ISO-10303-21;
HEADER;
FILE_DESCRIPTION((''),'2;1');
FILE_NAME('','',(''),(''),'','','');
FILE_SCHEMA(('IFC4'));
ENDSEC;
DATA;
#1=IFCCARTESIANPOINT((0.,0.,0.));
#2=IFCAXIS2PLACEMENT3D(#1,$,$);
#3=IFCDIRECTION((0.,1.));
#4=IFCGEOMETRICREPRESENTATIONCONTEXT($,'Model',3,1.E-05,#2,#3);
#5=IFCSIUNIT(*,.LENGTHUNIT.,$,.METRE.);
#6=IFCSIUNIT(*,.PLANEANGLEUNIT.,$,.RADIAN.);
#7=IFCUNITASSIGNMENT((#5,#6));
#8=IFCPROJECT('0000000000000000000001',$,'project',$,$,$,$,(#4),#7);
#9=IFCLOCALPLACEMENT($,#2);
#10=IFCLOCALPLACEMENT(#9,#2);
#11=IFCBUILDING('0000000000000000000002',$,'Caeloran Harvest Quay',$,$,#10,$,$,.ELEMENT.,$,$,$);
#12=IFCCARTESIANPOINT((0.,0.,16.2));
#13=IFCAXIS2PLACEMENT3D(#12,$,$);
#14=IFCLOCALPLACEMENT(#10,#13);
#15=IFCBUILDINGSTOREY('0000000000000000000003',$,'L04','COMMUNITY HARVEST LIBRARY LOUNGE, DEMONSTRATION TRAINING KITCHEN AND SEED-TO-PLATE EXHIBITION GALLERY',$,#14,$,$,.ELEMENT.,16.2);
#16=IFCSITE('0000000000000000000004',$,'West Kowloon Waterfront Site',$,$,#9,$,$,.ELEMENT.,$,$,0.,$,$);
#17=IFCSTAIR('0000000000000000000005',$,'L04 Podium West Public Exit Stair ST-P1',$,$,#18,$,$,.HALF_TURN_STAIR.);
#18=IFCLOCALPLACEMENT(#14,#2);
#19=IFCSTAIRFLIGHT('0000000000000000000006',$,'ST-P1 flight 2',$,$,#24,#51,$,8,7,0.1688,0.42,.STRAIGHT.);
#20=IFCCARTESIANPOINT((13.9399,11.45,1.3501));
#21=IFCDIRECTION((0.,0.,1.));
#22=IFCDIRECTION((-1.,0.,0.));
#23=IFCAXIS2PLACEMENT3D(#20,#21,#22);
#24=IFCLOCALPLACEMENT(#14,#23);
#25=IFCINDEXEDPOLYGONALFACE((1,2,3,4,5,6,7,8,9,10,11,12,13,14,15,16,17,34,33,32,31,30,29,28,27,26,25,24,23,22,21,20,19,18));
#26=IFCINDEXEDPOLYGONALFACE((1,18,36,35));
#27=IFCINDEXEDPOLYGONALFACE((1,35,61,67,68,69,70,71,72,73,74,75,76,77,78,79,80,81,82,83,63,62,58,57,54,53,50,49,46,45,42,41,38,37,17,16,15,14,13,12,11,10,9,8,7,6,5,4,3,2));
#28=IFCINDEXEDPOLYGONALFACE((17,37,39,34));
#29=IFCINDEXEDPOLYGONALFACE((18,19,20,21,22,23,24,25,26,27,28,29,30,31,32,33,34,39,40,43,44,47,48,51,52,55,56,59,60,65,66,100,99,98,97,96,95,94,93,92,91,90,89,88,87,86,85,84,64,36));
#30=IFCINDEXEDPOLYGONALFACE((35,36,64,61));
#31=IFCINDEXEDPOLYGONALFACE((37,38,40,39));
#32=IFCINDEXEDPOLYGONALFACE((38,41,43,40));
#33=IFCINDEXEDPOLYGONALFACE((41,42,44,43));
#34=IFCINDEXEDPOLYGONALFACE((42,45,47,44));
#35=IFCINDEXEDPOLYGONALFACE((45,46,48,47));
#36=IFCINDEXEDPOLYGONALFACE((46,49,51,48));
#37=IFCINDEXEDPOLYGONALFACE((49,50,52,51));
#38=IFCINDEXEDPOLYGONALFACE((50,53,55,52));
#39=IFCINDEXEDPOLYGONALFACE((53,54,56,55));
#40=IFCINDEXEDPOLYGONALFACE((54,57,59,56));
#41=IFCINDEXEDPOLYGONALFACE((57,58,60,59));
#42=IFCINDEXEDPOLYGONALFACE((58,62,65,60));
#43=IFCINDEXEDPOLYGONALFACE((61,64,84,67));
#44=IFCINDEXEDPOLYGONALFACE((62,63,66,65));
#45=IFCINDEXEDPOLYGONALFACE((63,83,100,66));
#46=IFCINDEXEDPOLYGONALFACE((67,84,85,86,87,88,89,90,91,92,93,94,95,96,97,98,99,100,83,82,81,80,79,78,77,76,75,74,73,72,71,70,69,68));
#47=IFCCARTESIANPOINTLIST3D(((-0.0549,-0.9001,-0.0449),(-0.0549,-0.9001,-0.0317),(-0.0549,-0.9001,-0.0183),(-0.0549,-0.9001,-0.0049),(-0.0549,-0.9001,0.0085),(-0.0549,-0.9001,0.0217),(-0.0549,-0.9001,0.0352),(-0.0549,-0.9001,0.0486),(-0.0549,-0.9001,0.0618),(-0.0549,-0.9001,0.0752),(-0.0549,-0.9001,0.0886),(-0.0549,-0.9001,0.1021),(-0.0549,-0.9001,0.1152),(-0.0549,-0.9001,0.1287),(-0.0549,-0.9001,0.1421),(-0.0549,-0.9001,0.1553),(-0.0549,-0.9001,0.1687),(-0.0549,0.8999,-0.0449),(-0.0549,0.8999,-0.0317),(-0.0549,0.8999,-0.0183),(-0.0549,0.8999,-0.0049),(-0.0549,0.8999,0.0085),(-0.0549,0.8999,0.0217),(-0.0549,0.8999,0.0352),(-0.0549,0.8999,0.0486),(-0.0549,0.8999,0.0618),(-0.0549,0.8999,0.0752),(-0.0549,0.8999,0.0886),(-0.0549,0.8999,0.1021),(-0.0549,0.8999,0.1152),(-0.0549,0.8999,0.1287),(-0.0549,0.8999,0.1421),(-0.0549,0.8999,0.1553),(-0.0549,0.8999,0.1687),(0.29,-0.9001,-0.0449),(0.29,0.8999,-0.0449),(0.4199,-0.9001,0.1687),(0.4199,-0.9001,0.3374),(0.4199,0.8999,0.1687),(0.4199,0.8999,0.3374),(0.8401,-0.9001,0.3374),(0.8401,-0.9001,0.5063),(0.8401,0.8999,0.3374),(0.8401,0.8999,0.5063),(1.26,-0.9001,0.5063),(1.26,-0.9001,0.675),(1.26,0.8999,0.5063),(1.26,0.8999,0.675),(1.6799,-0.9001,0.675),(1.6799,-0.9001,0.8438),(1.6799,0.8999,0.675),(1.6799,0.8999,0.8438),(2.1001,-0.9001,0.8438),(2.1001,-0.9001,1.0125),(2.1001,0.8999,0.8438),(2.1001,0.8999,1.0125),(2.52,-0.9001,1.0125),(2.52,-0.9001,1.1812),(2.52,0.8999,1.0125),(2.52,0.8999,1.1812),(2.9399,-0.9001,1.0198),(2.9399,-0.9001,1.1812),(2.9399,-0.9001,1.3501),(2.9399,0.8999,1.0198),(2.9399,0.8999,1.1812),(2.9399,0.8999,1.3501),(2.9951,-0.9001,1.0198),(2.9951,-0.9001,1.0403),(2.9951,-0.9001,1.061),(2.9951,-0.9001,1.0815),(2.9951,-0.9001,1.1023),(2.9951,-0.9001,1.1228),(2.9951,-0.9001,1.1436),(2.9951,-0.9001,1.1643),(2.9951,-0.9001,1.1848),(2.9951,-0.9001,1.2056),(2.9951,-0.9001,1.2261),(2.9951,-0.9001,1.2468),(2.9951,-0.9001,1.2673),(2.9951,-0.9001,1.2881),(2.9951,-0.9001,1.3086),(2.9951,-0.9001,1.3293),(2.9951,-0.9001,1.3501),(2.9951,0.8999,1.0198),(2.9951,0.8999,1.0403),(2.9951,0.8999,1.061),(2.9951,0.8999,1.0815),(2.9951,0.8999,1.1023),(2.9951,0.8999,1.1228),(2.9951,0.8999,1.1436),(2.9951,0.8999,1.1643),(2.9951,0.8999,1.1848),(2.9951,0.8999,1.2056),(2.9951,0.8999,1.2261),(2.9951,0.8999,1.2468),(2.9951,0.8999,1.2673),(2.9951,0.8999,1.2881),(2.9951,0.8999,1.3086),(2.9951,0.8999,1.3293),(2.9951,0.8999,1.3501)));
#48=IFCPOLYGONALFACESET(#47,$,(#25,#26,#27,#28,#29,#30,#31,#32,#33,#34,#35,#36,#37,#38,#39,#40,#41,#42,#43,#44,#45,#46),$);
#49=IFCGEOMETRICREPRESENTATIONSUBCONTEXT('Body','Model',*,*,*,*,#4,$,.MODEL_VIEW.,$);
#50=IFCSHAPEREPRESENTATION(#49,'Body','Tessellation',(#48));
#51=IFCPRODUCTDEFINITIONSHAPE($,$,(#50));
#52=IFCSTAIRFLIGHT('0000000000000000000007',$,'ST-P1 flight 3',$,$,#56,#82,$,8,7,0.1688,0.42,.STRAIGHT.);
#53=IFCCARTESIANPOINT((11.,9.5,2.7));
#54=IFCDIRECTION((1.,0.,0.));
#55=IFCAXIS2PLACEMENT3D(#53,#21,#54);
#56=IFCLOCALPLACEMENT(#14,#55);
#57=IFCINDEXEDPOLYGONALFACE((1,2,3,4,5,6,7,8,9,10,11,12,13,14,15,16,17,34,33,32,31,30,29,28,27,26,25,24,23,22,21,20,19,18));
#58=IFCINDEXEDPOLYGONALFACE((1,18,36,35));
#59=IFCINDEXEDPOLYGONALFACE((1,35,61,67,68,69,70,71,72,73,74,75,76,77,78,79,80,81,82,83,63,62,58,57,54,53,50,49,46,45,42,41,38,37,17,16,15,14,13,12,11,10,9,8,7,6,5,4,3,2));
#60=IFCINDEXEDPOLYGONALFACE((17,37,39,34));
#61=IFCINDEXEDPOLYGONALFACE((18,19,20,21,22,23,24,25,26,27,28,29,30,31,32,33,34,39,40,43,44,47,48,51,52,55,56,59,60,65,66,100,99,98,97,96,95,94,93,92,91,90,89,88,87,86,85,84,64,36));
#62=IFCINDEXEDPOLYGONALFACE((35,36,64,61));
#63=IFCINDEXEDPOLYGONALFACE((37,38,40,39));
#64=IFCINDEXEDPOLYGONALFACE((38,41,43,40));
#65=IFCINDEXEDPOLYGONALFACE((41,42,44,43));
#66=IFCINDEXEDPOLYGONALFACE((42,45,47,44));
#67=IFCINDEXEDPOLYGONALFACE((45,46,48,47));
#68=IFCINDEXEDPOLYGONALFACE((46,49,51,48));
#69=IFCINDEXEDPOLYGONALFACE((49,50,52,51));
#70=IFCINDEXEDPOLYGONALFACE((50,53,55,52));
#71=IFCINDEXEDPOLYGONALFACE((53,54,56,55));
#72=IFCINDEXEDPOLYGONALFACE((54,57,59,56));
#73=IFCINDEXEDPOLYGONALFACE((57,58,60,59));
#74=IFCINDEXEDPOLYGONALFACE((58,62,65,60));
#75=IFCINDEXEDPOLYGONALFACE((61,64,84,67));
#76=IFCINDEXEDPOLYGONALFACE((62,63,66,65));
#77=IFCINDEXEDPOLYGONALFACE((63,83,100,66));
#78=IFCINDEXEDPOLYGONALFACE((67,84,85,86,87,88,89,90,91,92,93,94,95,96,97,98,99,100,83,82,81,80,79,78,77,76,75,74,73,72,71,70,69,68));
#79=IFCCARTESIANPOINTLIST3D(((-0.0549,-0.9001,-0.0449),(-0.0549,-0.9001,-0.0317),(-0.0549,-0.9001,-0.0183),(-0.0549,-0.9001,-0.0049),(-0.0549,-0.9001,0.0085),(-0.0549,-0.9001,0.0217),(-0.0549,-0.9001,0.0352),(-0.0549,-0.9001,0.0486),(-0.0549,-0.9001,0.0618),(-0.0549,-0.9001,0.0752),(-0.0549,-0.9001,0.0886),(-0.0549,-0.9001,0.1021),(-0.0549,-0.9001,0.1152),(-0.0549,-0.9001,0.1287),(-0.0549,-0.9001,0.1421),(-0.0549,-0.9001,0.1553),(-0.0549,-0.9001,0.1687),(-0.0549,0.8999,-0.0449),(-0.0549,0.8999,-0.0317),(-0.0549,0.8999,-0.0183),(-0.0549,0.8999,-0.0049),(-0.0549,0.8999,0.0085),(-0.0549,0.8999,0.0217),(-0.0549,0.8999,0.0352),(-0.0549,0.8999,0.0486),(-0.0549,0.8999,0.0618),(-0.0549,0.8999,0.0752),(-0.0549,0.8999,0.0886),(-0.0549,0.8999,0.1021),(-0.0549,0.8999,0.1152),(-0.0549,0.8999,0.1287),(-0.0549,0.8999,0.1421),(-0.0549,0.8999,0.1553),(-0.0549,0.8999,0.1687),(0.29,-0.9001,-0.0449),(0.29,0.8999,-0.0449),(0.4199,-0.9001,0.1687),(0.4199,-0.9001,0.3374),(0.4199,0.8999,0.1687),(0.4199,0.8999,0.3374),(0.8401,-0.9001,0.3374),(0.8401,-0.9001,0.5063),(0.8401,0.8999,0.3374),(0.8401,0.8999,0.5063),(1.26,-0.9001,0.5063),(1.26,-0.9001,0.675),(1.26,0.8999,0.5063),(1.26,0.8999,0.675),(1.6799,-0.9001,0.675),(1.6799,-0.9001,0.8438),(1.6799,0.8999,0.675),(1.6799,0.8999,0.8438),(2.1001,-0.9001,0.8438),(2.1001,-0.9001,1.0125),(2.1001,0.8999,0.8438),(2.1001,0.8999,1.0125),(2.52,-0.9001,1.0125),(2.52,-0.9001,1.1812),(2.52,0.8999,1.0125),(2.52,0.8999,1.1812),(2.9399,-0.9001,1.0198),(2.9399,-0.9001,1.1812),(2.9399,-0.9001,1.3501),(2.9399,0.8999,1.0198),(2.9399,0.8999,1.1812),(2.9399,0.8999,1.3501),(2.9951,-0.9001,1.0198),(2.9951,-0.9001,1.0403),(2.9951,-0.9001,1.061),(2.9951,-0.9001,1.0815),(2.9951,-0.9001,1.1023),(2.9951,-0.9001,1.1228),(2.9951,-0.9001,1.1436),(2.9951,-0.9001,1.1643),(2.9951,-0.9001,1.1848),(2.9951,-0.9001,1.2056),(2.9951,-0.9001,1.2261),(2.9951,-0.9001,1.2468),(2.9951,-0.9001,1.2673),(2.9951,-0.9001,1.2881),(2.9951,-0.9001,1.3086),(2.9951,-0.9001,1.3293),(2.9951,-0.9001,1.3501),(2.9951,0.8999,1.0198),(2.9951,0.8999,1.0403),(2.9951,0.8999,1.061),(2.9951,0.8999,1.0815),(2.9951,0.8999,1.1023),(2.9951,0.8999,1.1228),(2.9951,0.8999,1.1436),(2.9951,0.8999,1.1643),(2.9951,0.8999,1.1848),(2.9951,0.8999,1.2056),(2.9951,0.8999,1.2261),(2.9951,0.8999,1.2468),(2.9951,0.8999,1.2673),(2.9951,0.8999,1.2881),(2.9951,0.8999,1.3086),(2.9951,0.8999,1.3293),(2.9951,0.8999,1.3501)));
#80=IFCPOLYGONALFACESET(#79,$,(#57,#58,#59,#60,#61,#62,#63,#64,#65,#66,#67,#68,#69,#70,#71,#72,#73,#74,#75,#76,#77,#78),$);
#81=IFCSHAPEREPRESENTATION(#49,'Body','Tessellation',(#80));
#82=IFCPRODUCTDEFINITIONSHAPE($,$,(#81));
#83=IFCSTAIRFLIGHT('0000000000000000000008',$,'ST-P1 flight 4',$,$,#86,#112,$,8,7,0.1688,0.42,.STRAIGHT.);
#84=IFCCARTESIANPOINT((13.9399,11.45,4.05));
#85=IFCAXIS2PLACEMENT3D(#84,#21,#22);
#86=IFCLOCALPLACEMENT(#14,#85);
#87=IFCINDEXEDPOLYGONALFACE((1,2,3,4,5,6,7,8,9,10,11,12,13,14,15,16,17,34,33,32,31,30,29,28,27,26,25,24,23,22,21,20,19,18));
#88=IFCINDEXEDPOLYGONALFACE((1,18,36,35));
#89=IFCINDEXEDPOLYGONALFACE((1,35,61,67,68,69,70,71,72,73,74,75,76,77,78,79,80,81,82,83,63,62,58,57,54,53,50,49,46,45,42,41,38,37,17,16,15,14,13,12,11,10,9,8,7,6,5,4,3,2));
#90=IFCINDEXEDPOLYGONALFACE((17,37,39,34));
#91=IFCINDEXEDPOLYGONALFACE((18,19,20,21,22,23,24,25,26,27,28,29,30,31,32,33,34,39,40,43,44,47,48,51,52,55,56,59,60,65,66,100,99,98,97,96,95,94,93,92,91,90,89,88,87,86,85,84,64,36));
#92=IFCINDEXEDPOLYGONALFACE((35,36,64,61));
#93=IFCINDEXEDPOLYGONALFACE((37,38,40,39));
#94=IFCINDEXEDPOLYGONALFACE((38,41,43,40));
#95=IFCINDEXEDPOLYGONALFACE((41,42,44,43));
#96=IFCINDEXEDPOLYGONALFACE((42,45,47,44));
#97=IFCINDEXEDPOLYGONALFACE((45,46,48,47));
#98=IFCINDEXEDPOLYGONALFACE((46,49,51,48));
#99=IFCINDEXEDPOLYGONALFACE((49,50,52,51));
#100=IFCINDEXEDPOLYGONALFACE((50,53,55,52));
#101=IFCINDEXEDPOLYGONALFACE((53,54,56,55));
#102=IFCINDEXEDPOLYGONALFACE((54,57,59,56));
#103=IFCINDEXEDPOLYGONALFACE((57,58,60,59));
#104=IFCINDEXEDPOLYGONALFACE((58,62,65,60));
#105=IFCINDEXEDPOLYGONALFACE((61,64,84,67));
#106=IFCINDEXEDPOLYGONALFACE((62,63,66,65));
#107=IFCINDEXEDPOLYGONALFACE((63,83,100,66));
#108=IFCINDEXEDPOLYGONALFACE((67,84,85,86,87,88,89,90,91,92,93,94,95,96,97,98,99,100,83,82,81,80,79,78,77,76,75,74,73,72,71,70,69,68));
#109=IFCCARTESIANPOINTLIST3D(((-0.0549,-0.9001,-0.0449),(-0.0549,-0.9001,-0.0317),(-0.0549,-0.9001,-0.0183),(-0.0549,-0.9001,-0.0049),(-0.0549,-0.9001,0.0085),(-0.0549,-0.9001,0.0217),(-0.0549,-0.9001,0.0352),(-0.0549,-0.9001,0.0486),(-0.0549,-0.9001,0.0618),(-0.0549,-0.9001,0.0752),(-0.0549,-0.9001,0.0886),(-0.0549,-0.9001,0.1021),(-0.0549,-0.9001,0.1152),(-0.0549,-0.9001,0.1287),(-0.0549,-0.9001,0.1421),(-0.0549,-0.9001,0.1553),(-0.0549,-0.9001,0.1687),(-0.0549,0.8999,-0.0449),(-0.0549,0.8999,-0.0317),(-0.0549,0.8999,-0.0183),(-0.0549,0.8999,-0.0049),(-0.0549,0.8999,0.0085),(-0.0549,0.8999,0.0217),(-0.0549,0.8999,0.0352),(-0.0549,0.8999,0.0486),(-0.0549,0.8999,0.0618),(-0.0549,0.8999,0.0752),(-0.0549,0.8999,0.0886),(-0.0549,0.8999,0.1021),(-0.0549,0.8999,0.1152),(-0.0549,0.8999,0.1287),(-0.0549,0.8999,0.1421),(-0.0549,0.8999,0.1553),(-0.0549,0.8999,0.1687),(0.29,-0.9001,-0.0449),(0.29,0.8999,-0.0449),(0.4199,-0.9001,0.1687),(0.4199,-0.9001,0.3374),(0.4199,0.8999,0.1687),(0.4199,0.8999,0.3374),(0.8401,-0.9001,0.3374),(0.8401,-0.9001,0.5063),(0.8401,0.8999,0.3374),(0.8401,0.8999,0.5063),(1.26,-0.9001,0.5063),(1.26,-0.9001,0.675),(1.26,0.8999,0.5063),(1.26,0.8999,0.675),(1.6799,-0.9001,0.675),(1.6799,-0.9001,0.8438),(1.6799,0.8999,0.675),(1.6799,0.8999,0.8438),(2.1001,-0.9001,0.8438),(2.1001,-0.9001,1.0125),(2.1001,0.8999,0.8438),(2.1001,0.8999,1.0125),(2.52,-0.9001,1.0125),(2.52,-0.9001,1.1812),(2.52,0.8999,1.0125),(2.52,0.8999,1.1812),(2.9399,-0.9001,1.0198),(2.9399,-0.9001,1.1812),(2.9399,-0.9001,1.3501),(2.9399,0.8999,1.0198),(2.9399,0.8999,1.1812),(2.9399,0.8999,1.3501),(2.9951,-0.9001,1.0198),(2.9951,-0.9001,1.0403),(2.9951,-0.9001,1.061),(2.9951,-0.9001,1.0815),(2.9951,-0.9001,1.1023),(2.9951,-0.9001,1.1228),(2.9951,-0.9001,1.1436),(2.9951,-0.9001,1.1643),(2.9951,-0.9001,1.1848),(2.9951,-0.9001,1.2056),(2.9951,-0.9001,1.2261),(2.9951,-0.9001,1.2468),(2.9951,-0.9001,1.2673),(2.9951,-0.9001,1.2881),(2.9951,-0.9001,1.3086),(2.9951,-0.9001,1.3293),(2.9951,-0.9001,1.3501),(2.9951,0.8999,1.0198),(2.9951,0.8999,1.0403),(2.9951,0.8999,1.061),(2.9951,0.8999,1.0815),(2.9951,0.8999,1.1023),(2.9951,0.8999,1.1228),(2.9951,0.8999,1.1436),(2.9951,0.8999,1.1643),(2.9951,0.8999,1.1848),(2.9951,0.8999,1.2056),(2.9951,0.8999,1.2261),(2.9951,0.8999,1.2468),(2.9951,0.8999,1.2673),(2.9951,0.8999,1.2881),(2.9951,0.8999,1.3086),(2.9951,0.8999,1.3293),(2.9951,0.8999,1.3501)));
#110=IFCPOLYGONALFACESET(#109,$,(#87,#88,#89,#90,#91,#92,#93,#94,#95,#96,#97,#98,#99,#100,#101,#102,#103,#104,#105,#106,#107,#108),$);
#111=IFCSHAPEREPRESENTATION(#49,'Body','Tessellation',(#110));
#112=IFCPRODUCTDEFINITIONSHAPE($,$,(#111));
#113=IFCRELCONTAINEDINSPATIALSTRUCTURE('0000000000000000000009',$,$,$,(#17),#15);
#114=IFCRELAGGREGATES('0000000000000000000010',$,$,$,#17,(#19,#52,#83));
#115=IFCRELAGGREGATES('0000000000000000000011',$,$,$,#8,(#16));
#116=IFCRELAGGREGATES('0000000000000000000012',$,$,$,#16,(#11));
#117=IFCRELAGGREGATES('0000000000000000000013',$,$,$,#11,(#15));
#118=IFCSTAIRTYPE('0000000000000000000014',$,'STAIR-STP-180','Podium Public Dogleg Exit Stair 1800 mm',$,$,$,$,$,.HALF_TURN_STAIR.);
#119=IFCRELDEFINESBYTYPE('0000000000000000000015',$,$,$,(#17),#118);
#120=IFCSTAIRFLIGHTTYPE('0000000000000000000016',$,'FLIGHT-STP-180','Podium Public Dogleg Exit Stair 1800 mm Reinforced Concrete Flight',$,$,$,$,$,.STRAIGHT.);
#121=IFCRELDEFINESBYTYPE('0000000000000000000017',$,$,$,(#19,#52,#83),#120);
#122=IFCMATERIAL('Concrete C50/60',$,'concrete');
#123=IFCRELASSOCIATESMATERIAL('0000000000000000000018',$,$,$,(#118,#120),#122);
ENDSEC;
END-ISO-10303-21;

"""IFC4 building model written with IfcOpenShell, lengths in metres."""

from ifc_helpers import new_model, si_unit, direction, frame, origin, place, context, subcontext, project, spatial, polyline, outline, extrude, material, type_object, element, aggregate, save


model = new_model("IFC4")

# Units and contexts
model_context = context("Model", 3, precision=1e-05, world=origin(), true_north=direction((0.0, 1.0)))
body_context = subcontext(model_context, "Body", "Model", "MODEL_VIEW")
ifc_project = project(units=[si_unit("LENGTHUNIT", "METRE"), si_unit("PLANEANGLEUNIT", "RADIAN")], contexts=[model_context])

# Site, building, storey
site_placement = place(None, origin())
site = spatial("IfcSite", under=ifc_project, at=site_placement, Name="West Kowloon Waterfront Site", CompositionType="ELEMENT", RefElevation=0.0)
building_placement = place(site_placement, origin())
building = spatial("IfcBuilding", under=site, at=building_placement, Name="Caeloran Harvest Quay", CompositionType="ELEMENT")
storey_placement = place(building_placement, frame((0.0, 0.0, 16.2)))
storey = spatial("IfcBuildingStorey", under=building, at=storey_placement, Name="L04", Description="COMMUNITY HARVEST LIBRARY LOUNGE, DEMONSTRATION TRAINING KITCHEN AND SEED-TO-PLATE EXHIBITION GALLERY", CompositionType="ELEMENT", Elevation=16.2)

# Stair, stair flights
ifc_material_1 = material(Name="Concrete C50/60", Category="concrete")
stair_type = type_object("IfcStairType", Name="STAIR-STP-180", Description="Podium Public Dogleg Exit Stair 1800 mm", PredefinedType="HALF_TURN_STAIR", material=ifc_material_1)
stair_placement = place(storey_placement, origin())
stair = element("IfcStair", 1, at=stair_placement, inside=storey, type_object=stair_type, Name="L04 Podium West Public Exit Stair ST-P1", PredefinedType="HALF_TURN_STAIR")
stair_flight_type = type_object("IfcStairFlightType", Name="FLIGHT-STP-180", Description="Podium Public Dogleg Exit Stair 1800 mm Reinforced Concrete Flight", PredefinedType="STRAIGHT", material=ifc_material_1)
stair_flight_1_placement = place(storey_placement, frame((13.9399, 11.45, 1.3501), z_axis=(0.0, 0.0, 1.0), x_axis=(-1.0, 0.0, 0.0)))
stair_flight_1 = element("IfcStairFlight", 2, at=stair_flight_1_placement, type_object=stair_flight_type, Name="ST-P1 flight 2", NumberOfRisers=8, NumberOfTreads=7, PredefinedType="STRAIGHT", RiserHeight=0.1688, TreadLength=0.42, context=body_context, shape_type="SweptSolid", body=[
    extrude(outline(polyline([(-0.0549, -0.0449), (-0.0549, -0.0317), (-0.0549, -0.0183), (-0.0549, -0.0049), (-0.0549, 0.0085), (-0.0549, 0.0217), (-0.0549, 0.0352), (-0.0549, 0.0486), (-0.0549, 0.0618), (-0.0549, 0.0752), (-0.0549, 0.0886), (-0.0549, 0.1021), (-0.0549, 0.1152), (-0.0549, 0.1287), (-0.0549, 0.1421), (-0.0549, 0.1553), (-0.0549, 0.1687), (0.4199, 0.1687), (0.4199, 0.3374), (0.8401, 0.3374), (0.8401, 0.5063), (1.26, 0.5063), (1.26, 0.675), (1.6799, 0.675), (1.6799, 0.8438), (2.1001, 0.8438), (2.1001, 1.0125), (2.52, 1.0125), (2.52, 1.1812), (2.9399, 1.1812), (2.9399, 1.3501), (2.9951, 1.3501), (2.9951, 1.3293), (2.9951, 1.3086), (2.9951, 1.2881), (2.9951, 1.2673), (2.9951, 1.2468), (2.9951, 1.2261), (2.9951, 1.2056), (2.9951, 1.1848), (2.9951, 1.1643), (2.9951, 1.1436), (2.9951, 1.1228), (2.9951, 1.1023), (2.9951, 1.0815), (2.9951, 1.061), (2.9951, 1.0403), (2.9951, 1.0198), (2.9399, 1.0198), (0.29, -0.0449), (-0.0549, -0.0449)])), frame((0.0, 0.8999, 0.0), z_axis=(0.0, -1.0, 0.0), x_axis=(1.0, 0.0, 0.0)), (0.0, 0.0, 1.0), 1.8),
])
stair_flight_2_placement = place(storey_placement, frame((11.0, 9.5, 2.7), z_axis=(0.0, 0.0, 1.0), x_axis=(1.0, 0.0, 0.0)))
stair_flight_2 = element("IfcStairFlight", 3, at=stair_flight_2_placement, type_object=stair_flight_type, Name="ST-P1 flight 3", NumberOfRisers=8, NumberOfTreads=7, PredefinedType="STRAIGHT", RiserHeight=0.1688, TreadLength=0.42, context=body_context, shape_type="SweptSolid", body=[
    extrude(outline(polyline([(-0.0549, -0.0449), (-0.0549, -0.0317), (-0.0549, -0.0183), (-0.0549, -0.0049), (-0.0549, 0.0085), (-0.0549, 0.0217), (-0.0549, 0.0352), (-0.0549, 0.0486), (-0.0549, 0.0618), (-0.0549, 0.0752), (-0.0549, 0.0886), (-0.0549, 0.1021), (-0.0549, 0.1152), (-0.0549, 0.1287), (-0.0549, 0.1421), (-0.0549, 0.1553), (-0.0549, 0.1687), (0.4199, 0.1687), (0.4199, 0.3374), (0.8401, 0.3374), (0.8401, 0.5063), (1.26, 0.5063), (1.26, 0.675), (1.6799, 0.675), (1.6799, 0.8438), (2.1001, 0.8438), (2.1001, 1.0125), (2.52, 1.0125), (2.52, 1.1812), (2.9399, 1.1812), (2.9399, 1.3501), (2.9951, 1.3501), (2.9951, 1.3293), (2.9951, 1.3086), (2.9951, 1.2881), (2.9951, 1.2673), (2.9951, 1.2468), (2.9951, 1.2261), (2.9951, 1.2056), (2.9951, 1.1848), (2.9951, 1.1643), (2.9951, 1.1436), (2.9951, 1.1228), (2.9951, 1.1023), (2.9951, 1.0815), (2.9951, 1.061), (2.9951, 1.0403), (2.9951, 1.0198), (2.9399, 1.0198), (0.29, -0.0449), (-0.0549, -0.0449)])), frame((0.0, 0.8999, 0.0), z_axis=(0.0, -1.0, 0.0), x_axis=(1.0, 0.0, 0.0)), (0.0, 0.0, 1.0), 1.8),
])
stair_flight_3_placement = place(storey_placement, frame((13.9399, 11.45, 4.05), z_axis=(0.0, 0.0, 1.0), x_axis=(-1.0, 0.0, 0.0)))
stair_flight_3 = element("IfcStairFlight", 4, at=stair_flight_3_placement, type_object=stair_flight_type, Name="ST-P1 flight 4", NumberOfRisers=8, NumberOfTreads=7, PredefinedType="STRAIGHT", RiserHeight=0.1688, TreadLength=0.42, context=body_context, shape_type="SweptSolid", body=[
    extrude(outline(polyline([(-0.0549, -0.0449), (-0.0549, -0.0317), (-0.0549, -0.0183), (-0.0549, -0.0049), (-0.0549, 0.0085), (-0.0549, 0.0217), (-0.0549, 0.0352), (-0.0549, 0.0486), (-0.0549, 0.0618), (-0.0549, 0.0752), (-0.0549, 0.0886), (-0.0549, 0.1021), (-0.0549, 0.1152), (-0.0549, 0.1287), (-0.0549, 0.1421), (-0.0549, 0.1553), (-0.0549, 0.1687), (0.4199, 0.1687), (0.4199, 0.3374), (0.8401, 0.3374), (0.8401, 0.5063), (1.26, 0.5063), (1.26, 0.675), (1.6799, 0.675), (1.6799, 0.8438), (2.1001, 0.8438), (2.1001, 1.0125), (2.52, 1.0125), (2.52, 1.1812), (2.9399, 1.1812), (2.9399, 1.3501), (2.9951, 1.3501), (2.9951, 1.3293), (2.9951, 1.3086), (2.9951, 1.2881), (2.9951, 1.2673), (2.9951, 1.2468), (2.9951, 1.2261), (2.9951, 1.2056), (2.9951, 1.1848), (2.9951, 1.1643), (2.9951, 1.1436), (2.9951, 1.1228), (2.9951, 1.1023), (2.9951, 1.0815), (2.9951, 1.061), (2.9951, 1.0403), (2.9951, 1.0198), (2.9399, 1.0198), (0.29, -0.0449), (-0.0549, -0.0449)])), frame((0.0, 0.8999, 0.0), z_axis=(0.0, -1.0, 0.0), x_axis=(1.0, 0.0, 0.0)), (0.0, 0.0, 1.0), 1.8),
])
aggregate(stair, [stair_flight_1, stair_flight_2, stair_flight_3])

save(model, "model.ifc")
